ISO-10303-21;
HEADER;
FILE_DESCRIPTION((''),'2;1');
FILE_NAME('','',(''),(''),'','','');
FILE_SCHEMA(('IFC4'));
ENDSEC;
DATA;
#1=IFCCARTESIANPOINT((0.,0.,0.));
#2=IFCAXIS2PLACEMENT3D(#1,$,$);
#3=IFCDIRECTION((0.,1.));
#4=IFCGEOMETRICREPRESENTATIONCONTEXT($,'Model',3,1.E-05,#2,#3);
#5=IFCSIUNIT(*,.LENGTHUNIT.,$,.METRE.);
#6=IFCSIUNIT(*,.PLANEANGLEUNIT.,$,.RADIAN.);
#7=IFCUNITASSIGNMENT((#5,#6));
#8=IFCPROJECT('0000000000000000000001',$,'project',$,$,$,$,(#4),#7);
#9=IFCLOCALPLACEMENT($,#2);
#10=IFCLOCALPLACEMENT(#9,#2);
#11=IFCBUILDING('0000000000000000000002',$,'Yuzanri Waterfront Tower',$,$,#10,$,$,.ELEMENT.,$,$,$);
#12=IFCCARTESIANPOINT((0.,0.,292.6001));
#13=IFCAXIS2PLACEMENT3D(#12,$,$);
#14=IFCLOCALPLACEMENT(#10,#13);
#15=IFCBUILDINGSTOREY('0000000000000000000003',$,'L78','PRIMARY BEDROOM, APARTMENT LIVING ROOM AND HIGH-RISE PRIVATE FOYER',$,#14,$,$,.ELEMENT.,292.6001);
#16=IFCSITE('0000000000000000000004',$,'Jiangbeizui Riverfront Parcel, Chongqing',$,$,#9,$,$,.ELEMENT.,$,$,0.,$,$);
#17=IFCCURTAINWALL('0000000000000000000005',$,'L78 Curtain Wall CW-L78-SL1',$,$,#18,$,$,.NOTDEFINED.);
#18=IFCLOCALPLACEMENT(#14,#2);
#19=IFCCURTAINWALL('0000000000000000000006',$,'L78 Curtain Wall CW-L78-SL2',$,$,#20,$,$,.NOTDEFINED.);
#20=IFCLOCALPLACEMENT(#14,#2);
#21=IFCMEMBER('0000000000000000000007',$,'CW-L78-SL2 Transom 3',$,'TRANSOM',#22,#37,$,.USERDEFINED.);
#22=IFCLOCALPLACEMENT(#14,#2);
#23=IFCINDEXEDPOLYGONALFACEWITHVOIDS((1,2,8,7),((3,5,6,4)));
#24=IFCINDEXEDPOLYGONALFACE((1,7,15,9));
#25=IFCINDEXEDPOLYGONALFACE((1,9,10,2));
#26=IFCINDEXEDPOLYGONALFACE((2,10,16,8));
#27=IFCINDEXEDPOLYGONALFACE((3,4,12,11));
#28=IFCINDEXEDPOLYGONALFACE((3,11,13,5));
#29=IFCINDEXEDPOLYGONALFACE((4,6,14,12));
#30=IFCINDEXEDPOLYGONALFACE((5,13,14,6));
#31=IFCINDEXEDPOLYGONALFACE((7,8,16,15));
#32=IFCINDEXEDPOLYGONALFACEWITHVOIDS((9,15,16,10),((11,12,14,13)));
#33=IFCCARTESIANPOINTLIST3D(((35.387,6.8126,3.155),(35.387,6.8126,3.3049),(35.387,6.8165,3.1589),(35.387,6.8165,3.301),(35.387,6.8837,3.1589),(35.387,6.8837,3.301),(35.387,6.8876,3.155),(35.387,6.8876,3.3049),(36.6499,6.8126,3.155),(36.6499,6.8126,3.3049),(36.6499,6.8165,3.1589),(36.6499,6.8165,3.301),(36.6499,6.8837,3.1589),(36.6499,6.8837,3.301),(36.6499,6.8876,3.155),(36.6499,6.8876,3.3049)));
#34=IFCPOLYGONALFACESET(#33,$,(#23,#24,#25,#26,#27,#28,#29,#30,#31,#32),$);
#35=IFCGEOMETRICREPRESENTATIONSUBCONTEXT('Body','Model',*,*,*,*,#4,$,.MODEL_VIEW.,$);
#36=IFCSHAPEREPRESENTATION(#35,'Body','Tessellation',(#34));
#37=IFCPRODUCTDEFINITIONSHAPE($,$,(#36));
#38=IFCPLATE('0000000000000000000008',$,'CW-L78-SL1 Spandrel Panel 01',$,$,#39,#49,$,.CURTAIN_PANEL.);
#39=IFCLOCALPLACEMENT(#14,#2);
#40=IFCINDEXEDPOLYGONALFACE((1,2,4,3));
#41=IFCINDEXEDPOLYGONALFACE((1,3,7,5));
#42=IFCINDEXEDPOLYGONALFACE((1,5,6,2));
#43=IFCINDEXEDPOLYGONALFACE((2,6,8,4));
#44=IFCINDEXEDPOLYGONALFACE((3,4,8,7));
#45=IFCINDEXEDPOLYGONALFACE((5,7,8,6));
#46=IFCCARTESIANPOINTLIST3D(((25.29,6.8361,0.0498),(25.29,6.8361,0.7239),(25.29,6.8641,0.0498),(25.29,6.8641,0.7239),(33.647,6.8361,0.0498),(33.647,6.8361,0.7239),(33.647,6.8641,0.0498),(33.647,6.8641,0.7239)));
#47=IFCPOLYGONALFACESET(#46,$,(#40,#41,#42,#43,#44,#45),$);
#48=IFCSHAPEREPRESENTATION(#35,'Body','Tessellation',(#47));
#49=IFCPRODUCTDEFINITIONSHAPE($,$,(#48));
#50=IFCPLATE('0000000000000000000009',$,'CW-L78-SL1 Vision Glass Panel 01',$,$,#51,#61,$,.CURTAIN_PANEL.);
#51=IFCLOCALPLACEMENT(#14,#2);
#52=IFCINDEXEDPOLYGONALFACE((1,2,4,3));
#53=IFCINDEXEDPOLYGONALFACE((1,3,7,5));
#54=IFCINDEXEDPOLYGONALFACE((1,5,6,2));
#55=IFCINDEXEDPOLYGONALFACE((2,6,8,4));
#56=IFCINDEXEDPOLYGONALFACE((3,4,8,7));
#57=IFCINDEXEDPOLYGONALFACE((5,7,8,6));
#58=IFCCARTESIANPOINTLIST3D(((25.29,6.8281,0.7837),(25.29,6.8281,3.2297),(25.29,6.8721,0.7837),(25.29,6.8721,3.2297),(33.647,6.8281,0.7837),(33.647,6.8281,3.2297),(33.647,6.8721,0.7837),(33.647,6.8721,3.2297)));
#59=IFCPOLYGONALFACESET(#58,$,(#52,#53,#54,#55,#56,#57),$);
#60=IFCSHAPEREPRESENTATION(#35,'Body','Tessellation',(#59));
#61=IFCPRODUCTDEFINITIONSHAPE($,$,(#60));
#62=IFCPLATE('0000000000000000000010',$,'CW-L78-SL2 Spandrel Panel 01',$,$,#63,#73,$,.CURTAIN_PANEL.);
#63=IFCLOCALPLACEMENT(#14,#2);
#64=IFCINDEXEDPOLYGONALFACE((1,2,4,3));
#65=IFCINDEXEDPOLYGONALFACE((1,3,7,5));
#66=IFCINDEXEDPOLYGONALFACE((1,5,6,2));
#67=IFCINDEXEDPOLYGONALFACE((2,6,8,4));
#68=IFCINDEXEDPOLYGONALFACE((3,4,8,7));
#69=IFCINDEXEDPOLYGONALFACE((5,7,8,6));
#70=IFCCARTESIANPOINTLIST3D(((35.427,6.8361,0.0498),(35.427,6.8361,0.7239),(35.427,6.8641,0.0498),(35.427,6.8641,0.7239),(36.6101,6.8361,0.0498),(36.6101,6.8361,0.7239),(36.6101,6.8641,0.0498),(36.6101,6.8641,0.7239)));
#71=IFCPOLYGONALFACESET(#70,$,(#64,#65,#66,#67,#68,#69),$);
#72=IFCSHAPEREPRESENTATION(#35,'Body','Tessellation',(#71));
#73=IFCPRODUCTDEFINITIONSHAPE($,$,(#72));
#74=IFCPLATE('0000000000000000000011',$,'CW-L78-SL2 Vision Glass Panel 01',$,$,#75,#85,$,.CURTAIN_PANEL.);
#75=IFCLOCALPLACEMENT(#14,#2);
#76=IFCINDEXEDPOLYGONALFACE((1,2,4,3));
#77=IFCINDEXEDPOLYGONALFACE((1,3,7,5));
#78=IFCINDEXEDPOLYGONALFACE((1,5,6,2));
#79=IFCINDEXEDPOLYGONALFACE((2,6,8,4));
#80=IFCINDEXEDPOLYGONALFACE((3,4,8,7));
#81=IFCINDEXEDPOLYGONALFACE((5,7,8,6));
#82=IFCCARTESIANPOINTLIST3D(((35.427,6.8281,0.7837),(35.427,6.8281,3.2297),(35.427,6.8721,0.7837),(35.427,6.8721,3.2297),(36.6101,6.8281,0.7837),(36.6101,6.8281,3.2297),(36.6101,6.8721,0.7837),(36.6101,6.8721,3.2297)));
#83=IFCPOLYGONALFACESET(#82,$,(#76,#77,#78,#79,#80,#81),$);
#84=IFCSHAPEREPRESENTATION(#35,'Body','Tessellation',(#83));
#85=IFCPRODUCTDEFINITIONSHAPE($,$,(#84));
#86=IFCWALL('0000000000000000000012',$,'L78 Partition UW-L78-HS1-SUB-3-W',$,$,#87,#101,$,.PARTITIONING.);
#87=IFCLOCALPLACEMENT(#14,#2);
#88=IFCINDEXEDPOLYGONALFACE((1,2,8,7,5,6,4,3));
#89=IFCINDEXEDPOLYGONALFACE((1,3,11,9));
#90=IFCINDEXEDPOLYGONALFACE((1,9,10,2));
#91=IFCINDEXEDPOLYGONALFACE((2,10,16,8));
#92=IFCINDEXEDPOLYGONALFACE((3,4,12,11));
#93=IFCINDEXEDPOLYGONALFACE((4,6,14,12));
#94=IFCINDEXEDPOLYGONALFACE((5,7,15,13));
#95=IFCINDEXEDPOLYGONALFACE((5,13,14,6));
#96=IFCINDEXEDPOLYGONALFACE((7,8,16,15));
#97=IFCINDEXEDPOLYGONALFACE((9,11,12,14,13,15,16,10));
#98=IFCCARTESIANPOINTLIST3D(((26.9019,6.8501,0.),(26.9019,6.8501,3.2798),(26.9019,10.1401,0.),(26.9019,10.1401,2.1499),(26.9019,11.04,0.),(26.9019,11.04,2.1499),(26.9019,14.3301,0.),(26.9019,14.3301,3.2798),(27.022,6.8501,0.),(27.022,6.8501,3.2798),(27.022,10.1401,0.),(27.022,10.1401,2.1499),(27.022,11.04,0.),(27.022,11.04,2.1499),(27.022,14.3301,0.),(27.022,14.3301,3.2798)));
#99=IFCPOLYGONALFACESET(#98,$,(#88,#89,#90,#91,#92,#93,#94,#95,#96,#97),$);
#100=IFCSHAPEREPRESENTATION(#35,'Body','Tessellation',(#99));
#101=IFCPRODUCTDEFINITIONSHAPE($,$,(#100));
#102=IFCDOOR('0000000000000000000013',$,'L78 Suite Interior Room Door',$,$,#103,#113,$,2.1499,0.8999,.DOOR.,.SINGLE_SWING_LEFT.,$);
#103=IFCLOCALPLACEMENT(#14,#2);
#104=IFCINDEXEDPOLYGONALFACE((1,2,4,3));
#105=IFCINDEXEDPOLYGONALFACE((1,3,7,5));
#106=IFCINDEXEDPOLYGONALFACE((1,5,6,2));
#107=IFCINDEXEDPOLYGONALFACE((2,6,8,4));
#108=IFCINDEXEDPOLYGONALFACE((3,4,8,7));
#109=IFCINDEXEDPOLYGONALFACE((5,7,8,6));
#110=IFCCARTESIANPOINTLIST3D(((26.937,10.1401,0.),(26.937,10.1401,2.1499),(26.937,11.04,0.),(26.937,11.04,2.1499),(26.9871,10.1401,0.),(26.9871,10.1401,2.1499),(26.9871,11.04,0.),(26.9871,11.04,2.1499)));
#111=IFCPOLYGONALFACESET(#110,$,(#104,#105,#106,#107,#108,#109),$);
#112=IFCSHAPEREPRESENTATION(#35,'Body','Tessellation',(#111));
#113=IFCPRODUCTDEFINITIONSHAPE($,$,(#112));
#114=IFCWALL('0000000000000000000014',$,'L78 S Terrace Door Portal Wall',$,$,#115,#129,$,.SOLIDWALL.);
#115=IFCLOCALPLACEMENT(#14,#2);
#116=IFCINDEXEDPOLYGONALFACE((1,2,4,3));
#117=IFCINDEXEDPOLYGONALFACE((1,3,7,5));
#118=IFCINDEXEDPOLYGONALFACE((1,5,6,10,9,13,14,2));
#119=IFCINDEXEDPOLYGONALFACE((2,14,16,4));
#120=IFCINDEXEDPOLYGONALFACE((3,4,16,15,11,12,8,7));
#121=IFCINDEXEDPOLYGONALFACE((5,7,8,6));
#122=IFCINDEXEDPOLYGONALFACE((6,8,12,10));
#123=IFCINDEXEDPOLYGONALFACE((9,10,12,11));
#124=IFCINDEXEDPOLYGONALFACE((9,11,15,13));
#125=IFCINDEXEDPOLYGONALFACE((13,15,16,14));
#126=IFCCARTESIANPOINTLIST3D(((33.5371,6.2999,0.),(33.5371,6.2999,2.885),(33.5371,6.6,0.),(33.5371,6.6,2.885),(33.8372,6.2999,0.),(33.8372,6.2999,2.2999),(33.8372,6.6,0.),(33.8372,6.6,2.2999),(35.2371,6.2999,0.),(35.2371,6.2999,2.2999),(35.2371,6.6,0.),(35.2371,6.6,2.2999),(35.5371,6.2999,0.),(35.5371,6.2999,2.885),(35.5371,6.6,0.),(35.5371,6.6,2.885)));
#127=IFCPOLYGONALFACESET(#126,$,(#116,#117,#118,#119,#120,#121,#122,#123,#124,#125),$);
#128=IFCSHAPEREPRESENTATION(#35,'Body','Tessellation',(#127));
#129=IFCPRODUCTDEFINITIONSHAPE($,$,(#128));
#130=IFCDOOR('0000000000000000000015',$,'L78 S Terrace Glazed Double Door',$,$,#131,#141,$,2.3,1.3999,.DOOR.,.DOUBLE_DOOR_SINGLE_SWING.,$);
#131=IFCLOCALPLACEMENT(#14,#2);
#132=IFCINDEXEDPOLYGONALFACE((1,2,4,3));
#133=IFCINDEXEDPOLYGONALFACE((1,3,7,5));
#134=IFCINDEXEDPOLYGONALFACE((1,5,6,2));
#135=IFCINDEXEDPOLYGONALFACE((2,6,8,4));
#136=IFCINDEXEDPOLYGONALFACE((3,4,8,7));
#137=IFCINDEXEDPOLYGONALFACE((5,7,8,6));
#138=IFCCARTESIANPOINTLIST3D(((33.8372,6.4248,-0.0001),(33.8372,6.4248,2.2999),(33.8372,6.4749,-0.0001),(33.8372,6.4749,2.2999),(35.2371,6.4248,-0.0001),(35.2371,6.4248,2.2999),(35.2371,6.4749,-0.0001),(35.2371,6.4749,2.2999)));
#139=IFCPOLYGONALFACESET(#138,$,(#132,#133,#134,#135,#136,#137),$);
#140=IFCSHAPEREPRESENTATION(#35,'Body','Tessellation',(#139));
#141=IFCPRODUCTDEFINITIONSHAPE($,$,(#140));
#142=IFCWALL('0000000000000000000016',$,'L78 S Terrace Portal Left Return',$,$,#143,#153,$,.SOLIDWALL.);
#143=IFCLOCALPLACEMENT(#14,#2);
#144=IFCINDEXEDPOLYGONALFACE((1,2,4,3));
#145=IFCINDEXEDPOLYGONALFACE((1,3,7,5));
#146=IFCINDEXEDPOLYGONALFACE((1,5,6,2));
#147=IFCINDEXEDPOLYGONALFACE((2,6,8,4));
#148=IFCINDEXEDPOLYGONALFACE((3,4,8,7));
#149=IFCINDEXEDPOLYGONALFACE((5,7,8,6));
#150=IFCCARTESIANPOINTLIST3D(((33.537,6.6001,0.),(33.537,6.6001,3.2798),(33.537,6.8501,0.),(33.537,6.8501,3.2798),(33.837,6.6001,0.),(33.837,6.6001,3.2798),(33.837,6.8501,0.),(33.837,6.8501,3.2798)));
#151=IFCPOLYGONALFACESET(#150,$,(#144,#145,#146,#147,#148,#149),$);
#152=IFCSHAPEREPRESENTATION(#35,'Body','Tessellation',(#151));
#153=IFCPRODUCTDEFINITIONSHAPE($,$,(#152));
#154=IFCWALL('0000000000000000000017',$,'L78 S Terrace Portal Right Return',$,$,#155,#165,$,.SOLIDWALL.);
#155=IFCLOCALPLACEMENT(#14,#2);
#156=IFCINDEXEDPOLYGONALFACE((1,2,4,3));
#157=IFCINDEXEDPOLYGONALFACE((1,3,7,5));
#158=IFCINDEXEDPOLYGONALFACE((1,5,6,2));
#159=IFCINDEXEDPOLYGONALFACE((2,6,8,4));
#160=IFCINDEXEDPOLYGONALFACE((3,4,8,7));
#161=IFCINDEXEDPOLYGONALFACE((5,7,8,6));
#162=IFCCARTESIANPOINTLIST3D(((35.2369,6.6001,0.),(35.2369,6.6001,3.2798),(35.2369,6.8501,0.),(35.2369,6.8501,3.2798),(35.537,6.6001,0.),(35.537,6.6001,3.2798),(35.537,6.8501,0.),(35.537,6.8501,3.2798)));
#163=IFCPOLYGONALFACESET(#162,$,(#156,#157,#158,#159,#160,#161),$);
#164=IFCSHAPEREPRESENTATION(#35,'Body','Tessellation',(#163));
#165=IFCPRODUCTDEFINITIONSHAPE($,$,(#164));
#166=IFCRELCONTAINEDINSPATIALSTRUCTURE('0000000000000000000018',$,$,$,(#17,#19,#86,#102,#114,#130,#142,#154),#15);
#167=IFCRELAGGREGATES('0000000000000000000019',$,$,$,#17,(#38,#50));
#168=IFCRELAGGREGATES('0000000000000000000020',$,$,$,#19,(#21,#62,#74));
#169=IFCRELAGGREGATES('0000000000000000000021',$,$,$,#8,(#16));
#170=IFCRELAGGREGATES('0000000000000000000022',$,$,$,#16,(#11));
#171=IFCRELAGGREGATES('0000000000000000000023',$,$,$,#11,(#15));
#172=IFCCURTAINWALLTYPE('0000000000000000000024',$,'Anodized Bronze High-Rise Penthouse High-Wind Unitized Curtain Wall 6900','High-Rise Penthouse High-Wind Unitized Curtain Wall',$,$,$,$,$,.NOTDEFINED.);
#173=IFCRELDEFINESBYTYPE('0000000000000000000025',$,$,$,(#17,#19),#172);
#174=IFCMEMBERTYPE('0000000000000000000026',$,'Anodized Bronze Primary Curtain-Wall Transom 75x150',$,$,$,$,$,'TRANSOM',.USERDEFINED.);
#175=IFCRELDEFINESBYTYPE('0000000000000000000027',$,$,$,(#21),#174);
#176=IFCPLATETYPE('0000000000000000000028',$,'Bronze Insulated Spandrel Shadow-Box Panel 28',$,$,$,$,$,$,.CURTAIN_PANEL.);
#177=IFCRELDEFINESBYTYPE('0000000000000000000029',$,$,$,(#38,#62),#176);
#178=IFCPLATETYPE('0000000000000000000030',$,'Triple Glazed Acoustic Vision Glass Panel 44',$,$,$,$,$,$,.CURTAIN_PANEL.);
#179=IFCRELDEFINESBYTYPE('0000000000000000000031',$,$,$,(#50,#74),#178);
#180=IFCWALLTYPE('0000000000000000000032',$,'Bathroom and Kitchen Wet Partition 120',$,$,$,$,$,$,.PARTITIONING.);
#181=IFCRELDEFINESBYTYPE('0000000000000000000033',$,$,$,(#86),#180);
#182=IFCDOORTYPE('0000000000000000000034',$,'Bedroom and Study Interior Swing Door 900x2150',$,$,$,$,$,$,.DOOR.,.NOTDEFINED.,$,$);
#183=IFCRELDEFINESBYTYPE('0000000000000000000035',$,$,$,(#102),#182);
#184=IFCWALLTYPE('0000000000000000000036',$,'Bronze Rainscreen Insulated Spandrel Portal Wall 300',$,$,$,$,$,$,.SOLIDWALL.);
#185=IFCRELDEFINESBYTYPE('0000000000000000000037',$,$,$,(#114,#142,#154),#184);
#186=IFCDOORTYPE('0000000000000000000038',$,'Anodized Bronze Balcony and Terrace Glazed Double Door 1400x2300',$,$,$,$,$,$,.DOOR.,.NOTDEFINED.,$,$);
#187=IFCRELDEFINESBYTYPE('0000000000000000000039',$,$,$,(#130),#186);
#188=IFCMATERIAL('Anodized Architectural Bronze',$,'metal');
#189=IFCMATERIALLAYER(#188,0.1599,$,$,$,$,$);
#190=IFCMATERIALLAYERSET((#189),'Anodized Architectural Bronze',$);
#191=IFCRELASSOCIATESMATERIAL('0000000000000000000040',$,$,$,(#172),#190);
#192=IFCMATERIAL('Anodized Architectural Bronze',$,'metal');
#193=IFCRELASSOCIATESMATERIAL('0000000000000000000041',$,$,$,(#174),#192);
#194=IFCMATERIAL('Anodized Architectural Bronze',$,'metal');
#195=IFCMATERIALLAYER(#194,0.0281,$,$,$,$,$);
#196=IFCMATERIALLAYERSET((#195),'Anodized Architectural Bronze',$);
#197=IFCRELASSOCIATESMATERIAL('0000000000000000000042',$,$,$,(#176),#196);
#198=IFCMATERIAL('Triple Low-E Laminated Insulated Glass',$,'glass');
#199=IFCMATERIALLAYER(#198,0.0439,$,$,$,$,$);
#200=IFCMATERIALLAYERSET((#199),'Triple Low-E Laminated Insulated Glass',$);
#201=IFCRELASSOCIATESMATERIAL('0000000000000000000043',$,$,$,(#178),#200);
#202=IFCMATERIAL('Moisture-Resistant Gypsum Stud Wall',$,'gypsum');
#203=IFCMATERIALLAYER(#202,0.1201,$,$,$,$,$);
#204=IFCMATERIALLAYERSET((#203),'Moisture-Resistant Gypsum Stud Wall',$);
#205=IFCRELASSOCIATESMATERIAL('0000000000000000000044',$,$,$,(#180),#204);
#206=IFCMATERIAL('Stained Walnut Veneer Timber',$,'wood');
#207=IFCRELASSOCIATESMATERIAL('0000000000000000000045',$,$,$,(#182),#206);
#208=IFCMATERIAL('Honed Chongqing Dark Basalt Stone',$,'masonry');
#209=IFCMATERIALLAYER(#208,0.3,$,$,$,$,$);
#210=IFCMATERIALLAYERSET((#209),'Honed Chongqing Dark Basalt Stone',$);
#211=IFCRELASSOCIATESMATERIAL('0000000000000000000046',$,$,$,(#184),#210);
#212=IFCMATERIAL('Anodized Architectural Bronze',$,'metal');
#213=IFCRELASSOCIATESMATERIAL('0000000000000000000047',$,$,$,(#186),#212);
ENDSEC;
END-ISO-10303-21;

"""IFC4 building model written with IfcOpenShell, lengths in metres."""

from ifc_helpers import new_model, si_unit, direction, frame, frame_2d, origin, origin_2d, place, context, subcontext, project, spatial, rectangle, hollow_rectangle, extrude, source, transform, mapped, material, layer, layer_set, material_profile, profile_set, type_object, element, fill, aggregate, save


model = new_model("IFC4")

# Units and contexts
model_context = context("Model", 3, precision=1e-05, world=origin(), true_north=direction((0.0, 1.0)))
body_context = subcontext(model_context, "Body", "Model", "MODEL_VIEW")
ifc_project = project(units=[si_unit("LENGTHUNIT", "METRE"), si_unit("PLANEANGLEUNIT", "RADIAN")], contexts=[model_context])

# Site, building, storey
site_placement = place(None, origin())
site = spatial("IfcSite", under=ifc_project, at=site_placement, Name="Jiangbeizui Riverfront Parcel, Chongqing", CompositionType="ELEMENT", RefElevation=0.0)
building_placement = place(site_placement, origin())
building = spatial("IfcBuilding", under=site, at=building_placement, Name="Yuzanri Waterfront Tower", CompositionType="ELEMENT")
storey_placement = place(building_placement, frame((0.0, 0.0, 292.6001)))
storey = spatial("IfcBuildingStorey", under=building, at=storey_placement, Name="L78", Description="PRIMARY BEDROOM, APARTMENT LIVING ROOM AND HIGH-RISE PRIVATE FOYER", CompositionType="ELEMENT", Elevation=292.6001)

# Curtain wall
ifc_material_1 = material(Name="Anodized Architectural Bronze", Category="metal")
ifc_layer_1 = layer(ifc_material_1, 0.1599)
ifc_layer_set_1 = layer_set([ifc_layer_1], Name="Anodized Architectural Bronze")
curtain_wall_type = type_object("IfcCurtainWallType", Name="Anodized Bronze High-Rise Penthouse High-Wind Unitized Curtain Wall 6900", Description="High-Rise Penthouse High-Wind Unitized Curtain Wall", PredefinedType="NOTDEFINED", material=ifc_layer_set_1)
curtain_wall_1_placement = place(storey_placement, origin())
curtain_wall_1 = element("IfcCurtainWall", 1, at=curtain_wall_1_placement, inside=storey, type_object=curtain_wall_type, Name="L78 Curtain Wall CW-L78-SL1", PredefinedType="NOTDEFINED")

# Curtain wall
curtain_wall_2_placement = place(storey_placement, origin())
curtain_wall_2 = element("IfcCurtainWall", 2, at=curtain_wall_2_placement, inside=storey, type_object=curtain_wall_type, Name="L78 Curtain Wall CW-L78-SL2", PredefinedType="NOTDEFINED")

# Member
ifc_material_2 = material(Name="Anodized Architectural Bronze", Category="metal")
ifc_material_profile_1 = material_profile(ifc_material_2, hollow_rectangle(XDim=0.075, YDim=0.1499, WallThickness=0.0039, at=origin_2d()), Name="CWT 75x150")
ifc_profile_set_1 = profile_set([ifc_material_profile_1], Name="Anodized Architectural Bronze")
member_type_1 = type_object("IfcMemberType", Name="Anodized Bronze Primary Curtain-Wall Transom 75x150", ElementType="TRANSOM", PredefinedType="USERDEFINED", material=ifc_profile_set_1)
shared_shape_1 = source(origin(), body_context, "Body", "SweptSolid", [
    extrude(hollow_rectangle(XDim=0.075, YDim=0.1499, WallThickness=0.0039, at=origin_2d()), origin(), (0.0, 0.0, 1.0), 1.2629),
])
member_1_placement = place(storey_placement, frame((35.387, 6.8501, 3.23), z_axis=(1.0, 0.0, 0.0), x_axis=(0.0, 1.0, 0.0)))
member_1 = element("IfcMember", 3, at=member_1_placement, type_object=member_type_1, Name="CW-L78-SL2 Transom 3", ObjectType="TRANSOM", PredefinedType="USERDEFINED", context=body_context, shape_type="MappedRepresentation", body=[
    mapped(shared_shape_1, transform((0.0, 0.0, 0.0), scale=1.0)),
])

# Plates
ifc_material_3 = material(Name="Anodized Architectural Bronze", Category="metal")
ifc_layer_2 = layer(ifc_material_3, 0.0281)
ifc_layer_set_2 = layer_set([ifc_layer_2], Name="Anodized Architectural Bronze")
plate_type_1 = type_object("IfcPlateType", Name="Bronze Insulated Spandrel Shadow-Box Panel 28", PredefinedType="CURTAIN_PANEL", material=ifc_layer_set_2)
shared_shape_2 = source(origin(), body_context, "Body", "SweptSolid", [
    extrude(rectangle(XDim=8.3569, YDim=0.0281, at=origin_2d()), origin(), (0.0, 0.0, 1.0), 0.6741),
])
plate_1_placement = place(storey_placement, frame((29.4685, 6.8501, 0.0498), z_axis=(0.0, 0.0, 1.0), x_axis=(1.0, 0.0, 0.0)))
plate_1 = element("IfcPlate", 4, at=plate_1_placement, type_object=plate_type_1, Name="CW-L78-SL1 Spandrel Panel 01", PredefinedType="CURTAIN_PANEL", context=body_context, shape_type="MappedRepresentation", body=[
    mapped(shared_shape_2, transform((0.0, 0.0, 0.0), scale=1.0)),
])
ifc_material_4 = material(Name="Triple Low-E Laminated Insulated Glass", Category="glass")
ifc_layer_3 = layer(ifc_material_4, 0.0439)
ifc_layer_set_3 = layer_set([ifc_layer_3], Name="Triple Low-E Laminated Insulated Glass")
plate_type_2 = type_object("IfcPlateType", Name="Triple Glazed Acoustic Vision Glass Panel 44", PredefinedType="CURTAIN_PANEL", material=ifc_layer_set_3)
shared_shape_3 = source(origin(), body_context, "Body", "SweptSolid", [
    extrude(rectangle(XDim=8.3569, YDim=0.0439, at=origin_2d()), origin(), (0.0, 0.0, 1.0), 2.446),
])
plate_2_placement = place(storey_placement, frame((29.4685, 6.8501, 0.7837), z_axis=(0.0, 0.0, 1.0), x_axis=(1.0, 0.0, 0.0)))
plate_2 = element("IfcPlate", 5, at=plate_2_placement, type_object=plate_type_2, Name="CW-L78-SL1 Vision Glass Panel 01", PredefinedType="CURTAIN_PANEL", context=body_context, shape_type="MappedRepresentation", body=[
    mapped(shared_shape_3, transform((0.0, 0.0, 0.0), scale=1.0)),
])
aggregate(curtain_wall_1, [plate_1, plate_2])
shared_shape_4 = source(origin(), body_context, "Body", "SweptSolid", [
    extrude(rectangle(XDim=1.1831, YDim=0.0281, at=origin_2d()), origin(), (0.0, 0.0, 1.0), 0.6741),
])
plate_3_placement = place(storey_placement, frame((36.0186, 6.8501, 0.0498), z_axis=(0.0, 0.0, 1.0), x_axis=(1.0, 0.0, 0.0)))
plate_3 = element("IfcPlate", 6, at=plate_3_placement, type_object=plate_type_1, Name="CW-L78-SL2 Spandrel Panel 01", PredefinedType="CURTAIN_PANEL", context=body_context, shape_type="MappedRepresentation", body=[
    mapped(shared_shape_4, transform((0.0, 0.0, 0.0), scale=1.0)),
])
shared_shape_5 = source(origin(), body_context, "Body", "SweptSolid", [
    extrude(rectangle(XDim=1.1831, YDim=0.0439, at=origin_2d()), origin(), (0.0, 0.0, 1.0), 2.446),
])
plate_4_placement = place(storey_placement, frame((36.0186, 6.8501, 0.7837), z_axis=(0.0, 0.0, 1.0), x_axis=(1.0, 0.0, 0.0)))
plate_4 = element("IfcPlate", 7, at=plate_4_placement, type_object=plate_type_2, Name="CW-L78-SL2 Vision Glass Panel 01", PredefinedType="CURTAIN_PANEL", context=body_context, shape_type="MappedRepresentation", body=[
    mapped(shared_shape_5, transform((0.0, 0.0, 0.0), scale=1.0)),
])
aggregate(curtain_wall_2, [member_1, plate_3, plate_4])

# Walls, openings, doors
ifc_material_5 = material(Name="Moisture-Resistant Gypsum Stud Wall", Category="gypsum")
ifc_layer_4 = layer(ifc_material_5, 0.1201)
ifc_layer_set_4 = layer_set([ifc_layer_4], Name="Moisture-Resistant Gypsum Stud Wall")
wall_type_1 = type_object("IfcWallType", Name="Bathroom and Kitchen Wet Partition 120", PredefinedType="PARTITIONING", material=ifc_layer_set_4)
wall_1_placement = place(storey_placement, frame((26.9619, 6.8501, 0.0), z_axis=(0.0, 0.0, 1.0), x_axis=(0.0, 1.0, 0.0)))
wall_1 = element("IfcWall", 8, at=wall_1_placement, inside=storey, type_object=wall_type_1, Name="L78 Partition UW-L78-HS1-SUB-3-W", PredefinedType="PARTITIONING", context=body_context, shape_type="SweptSolid", body=[
    extrude(rectangle(XDim=7.48, YDim=0.1201, at=frame_2d((3.74, 0.0))), origin(), (0.0, 0.0, 1.0), 3.2798),
])
opening_1_placement = place(wall_1_placement, frame((3.29, 0.0, 0.0)))
opening_1 = element("IfcOpeningElement", 9, at=opening_1_placement, cuts=wall_1, PredefinedType="OPENING", context=body_context, shape_type="SweptSolid", body=[
    extrude(rectangle(XDim=0.8999, YDim=2.1499, at=frame_2d((0.45, 1.075))), frame((0.0, 0.075, 0.0), z_axis=(0.0, -1.0, 0.0), x_axis=(1.0, 0.0, 0.0)), (0.0, 0.0, 1.0), 0.1499),
])
ifc_material_6 = material(Name="Stained Walnut Veneer Timber", Category="wood")
door_type_1 = type_object("IfcDoorType", Name="Bedroom and Study Interior Swing Door 900x2150", OperationType="NOTDEFINED", PredefinedType="DOOR", material=ifc_material_6)
shared_shape_6 = source(origin(), body_context, "Body", "SweptSolid", [
    extrude(rectangle(XDim=0.8999, YDim=2.1499, at=frame_2d((0.45, 1.075))), frame((0.0, 0.0249, 0.0), z_axis=(0.0, -1.0, 0.0), x_axis=(1.0, 0.0, 0.0)), (0.0, 0.0, 1.0), 0.05),
])
door_1_placement = place(opening_1_placement, origin())
door_1 = element("IfcDoor", 10, at=door_1_placement, inside=storey, type_object=door_type_1, Name="L78 Suite Interior Room Door", OperationType="SINGLE_SWING_LEFT", OverallHeight=2.1499, OverallWidth=0.8999, PredefinedType="DOOR", context=body_context, shape_type="MappedRepresentation", body=[
    mapped(shared_shape_6, transform((0.0, 0.0, 0.0), scale=1.0)),
])
fill(opening_1, door_1)
ifc_material_7 = material(Name="Honed Chongqing Dark Basalt Stone", Category="masonry")
ifc_layer_5 = layer(ifc_material_7, 0.3)
ifc_layer_set_5 = layer_set([ifc_layer_5], Name="Honed Chongqing Dark Basalt Stone")
wall_type_2 = type_object("IfcWallType", Name="Bronze Rainscreen Insulated Spandrel Portal Wall 300", PredefinedType="SOLIDWALL", material=ifc_layer_set_5)
wall_2_placement = place(storey_placement, frame((33.5371, 6.45, 0.0), z_axis=(0.0, 0.0, 1.0), x_axis=(1.0, 0.0, 0.0)))
wall_2 = element("IfcWall", 11, at=wall_2_placement, inside=storey, type_object=wall_type_2, Name="L78 S Terrace Door Portal Wall", PredefinedType="SOLIDWALL", context=body_context, shape_type="SweptSolid", body=[
    extrude(rectangle(XDim=2.0, YDim=0.3, at=frame_2d((1.0, 0.0))), origin(), (0.0, 0.0, 1.0), 2.885),
])
opening_2_placement = place(wall_2_placement, frame((0.3, 0.0, 0.0)))
opening_2 = element("IfcOpeningElement", 12, at=opening_2_placement, cuts=wall_2, PredefinedType="OPENING", context=body_context, shape_type="SweptSolid", body=[
    extrude(rectangle(XDim=1.3999, YDim=2.3, at=frame_2d((0.7, 1.1499))), frame((0.0, 0.165, 0.0), z_axis=(0.0, -1.0, 0.0), x_axis=(1.0, 0.0, 0.0)), (0.0, 0.0, 1.0), 0.3298),
])
ifc_material_8 = material(Name="Anodized Architectural Bronze", Category="metal")
door_type_2 = type_object("IfcDoorType", Name="Anodized Bronze Balcony and Terrace Glazed Double Door 1400x2300", OperationType="NOTDEFINED", PredefinedType="DOOR", material=ifc_material_8)
shared_shape_7 = source(origin(), body_context, "Body", "SweptSolid", [
    extrude(rectangle(XDim=1.3999, YDim=2.3, at=frame_2d((0.7, 1.1499))), frame((0.0, 0.0249, 0.0), z_axis=(0.0, -1.0, 0.0), x_axis=(1.0, 0.0, 0.0)), (0.0, 0.0, 1.0), 0.05),
])
door_2_placement = place(opening_2_placement, origin())
door_2 = element("IfcDoor", 13, at=door_2_placement, inside=storey, type_object=door_type_2, Name="L78 S Terrace Glazed Double Door", OperationType="DOUBLE_DOOR_SINGLE_SWING", OverallHeight=2.3, OverallWidth=1.3999, PredefinedType="DOOR", context=body_context, shape_type="MappedRepresentation", body=[
    mapped(shared_shape_7, transform((0.0, 0.0, 0.0), scale=1.0)),
])
fill(opening_2, door_2)

# Walls
shared_shape_8 = source(origin(), body_context, "Body", "SweptSolid", [
    extrude(rectangle(XDim=0.25, YDim=0.3, at=frame_2d((0.125, 0.0))), origin(), (0.0, 0.0, 1.0), 3.2798),
])
for number, where, z_axis, x_axis, name in (
    (14, (33.687, 6.8501, 0.0), (0.0, 0.0, 1.0), (0.0, -1.0, 0.0), "L78 S Terrace Portal Left Return"),
    (15, (35.387, 6.6001, 0.0), (0.0, 0.0, 1.0), (0.0, 1.0, 0.0), "L78 S Terrace Portal Right Return"),
):
    element("IfcWall", number, at=place(storey_placement, frame(where, z_axis=z_axis, x_axis=x_axis)), inside=storey, type_object=wall_type_2, Name=name, PredefinedType="SOLIDWALL", context=body_context, shape_type="MappedRepresentation", body=[
        mapped(shared_shape_8, transform((0.0, 0.0, 0.0), scale=1.0)),
    ])

save(model, "model.ifc")
